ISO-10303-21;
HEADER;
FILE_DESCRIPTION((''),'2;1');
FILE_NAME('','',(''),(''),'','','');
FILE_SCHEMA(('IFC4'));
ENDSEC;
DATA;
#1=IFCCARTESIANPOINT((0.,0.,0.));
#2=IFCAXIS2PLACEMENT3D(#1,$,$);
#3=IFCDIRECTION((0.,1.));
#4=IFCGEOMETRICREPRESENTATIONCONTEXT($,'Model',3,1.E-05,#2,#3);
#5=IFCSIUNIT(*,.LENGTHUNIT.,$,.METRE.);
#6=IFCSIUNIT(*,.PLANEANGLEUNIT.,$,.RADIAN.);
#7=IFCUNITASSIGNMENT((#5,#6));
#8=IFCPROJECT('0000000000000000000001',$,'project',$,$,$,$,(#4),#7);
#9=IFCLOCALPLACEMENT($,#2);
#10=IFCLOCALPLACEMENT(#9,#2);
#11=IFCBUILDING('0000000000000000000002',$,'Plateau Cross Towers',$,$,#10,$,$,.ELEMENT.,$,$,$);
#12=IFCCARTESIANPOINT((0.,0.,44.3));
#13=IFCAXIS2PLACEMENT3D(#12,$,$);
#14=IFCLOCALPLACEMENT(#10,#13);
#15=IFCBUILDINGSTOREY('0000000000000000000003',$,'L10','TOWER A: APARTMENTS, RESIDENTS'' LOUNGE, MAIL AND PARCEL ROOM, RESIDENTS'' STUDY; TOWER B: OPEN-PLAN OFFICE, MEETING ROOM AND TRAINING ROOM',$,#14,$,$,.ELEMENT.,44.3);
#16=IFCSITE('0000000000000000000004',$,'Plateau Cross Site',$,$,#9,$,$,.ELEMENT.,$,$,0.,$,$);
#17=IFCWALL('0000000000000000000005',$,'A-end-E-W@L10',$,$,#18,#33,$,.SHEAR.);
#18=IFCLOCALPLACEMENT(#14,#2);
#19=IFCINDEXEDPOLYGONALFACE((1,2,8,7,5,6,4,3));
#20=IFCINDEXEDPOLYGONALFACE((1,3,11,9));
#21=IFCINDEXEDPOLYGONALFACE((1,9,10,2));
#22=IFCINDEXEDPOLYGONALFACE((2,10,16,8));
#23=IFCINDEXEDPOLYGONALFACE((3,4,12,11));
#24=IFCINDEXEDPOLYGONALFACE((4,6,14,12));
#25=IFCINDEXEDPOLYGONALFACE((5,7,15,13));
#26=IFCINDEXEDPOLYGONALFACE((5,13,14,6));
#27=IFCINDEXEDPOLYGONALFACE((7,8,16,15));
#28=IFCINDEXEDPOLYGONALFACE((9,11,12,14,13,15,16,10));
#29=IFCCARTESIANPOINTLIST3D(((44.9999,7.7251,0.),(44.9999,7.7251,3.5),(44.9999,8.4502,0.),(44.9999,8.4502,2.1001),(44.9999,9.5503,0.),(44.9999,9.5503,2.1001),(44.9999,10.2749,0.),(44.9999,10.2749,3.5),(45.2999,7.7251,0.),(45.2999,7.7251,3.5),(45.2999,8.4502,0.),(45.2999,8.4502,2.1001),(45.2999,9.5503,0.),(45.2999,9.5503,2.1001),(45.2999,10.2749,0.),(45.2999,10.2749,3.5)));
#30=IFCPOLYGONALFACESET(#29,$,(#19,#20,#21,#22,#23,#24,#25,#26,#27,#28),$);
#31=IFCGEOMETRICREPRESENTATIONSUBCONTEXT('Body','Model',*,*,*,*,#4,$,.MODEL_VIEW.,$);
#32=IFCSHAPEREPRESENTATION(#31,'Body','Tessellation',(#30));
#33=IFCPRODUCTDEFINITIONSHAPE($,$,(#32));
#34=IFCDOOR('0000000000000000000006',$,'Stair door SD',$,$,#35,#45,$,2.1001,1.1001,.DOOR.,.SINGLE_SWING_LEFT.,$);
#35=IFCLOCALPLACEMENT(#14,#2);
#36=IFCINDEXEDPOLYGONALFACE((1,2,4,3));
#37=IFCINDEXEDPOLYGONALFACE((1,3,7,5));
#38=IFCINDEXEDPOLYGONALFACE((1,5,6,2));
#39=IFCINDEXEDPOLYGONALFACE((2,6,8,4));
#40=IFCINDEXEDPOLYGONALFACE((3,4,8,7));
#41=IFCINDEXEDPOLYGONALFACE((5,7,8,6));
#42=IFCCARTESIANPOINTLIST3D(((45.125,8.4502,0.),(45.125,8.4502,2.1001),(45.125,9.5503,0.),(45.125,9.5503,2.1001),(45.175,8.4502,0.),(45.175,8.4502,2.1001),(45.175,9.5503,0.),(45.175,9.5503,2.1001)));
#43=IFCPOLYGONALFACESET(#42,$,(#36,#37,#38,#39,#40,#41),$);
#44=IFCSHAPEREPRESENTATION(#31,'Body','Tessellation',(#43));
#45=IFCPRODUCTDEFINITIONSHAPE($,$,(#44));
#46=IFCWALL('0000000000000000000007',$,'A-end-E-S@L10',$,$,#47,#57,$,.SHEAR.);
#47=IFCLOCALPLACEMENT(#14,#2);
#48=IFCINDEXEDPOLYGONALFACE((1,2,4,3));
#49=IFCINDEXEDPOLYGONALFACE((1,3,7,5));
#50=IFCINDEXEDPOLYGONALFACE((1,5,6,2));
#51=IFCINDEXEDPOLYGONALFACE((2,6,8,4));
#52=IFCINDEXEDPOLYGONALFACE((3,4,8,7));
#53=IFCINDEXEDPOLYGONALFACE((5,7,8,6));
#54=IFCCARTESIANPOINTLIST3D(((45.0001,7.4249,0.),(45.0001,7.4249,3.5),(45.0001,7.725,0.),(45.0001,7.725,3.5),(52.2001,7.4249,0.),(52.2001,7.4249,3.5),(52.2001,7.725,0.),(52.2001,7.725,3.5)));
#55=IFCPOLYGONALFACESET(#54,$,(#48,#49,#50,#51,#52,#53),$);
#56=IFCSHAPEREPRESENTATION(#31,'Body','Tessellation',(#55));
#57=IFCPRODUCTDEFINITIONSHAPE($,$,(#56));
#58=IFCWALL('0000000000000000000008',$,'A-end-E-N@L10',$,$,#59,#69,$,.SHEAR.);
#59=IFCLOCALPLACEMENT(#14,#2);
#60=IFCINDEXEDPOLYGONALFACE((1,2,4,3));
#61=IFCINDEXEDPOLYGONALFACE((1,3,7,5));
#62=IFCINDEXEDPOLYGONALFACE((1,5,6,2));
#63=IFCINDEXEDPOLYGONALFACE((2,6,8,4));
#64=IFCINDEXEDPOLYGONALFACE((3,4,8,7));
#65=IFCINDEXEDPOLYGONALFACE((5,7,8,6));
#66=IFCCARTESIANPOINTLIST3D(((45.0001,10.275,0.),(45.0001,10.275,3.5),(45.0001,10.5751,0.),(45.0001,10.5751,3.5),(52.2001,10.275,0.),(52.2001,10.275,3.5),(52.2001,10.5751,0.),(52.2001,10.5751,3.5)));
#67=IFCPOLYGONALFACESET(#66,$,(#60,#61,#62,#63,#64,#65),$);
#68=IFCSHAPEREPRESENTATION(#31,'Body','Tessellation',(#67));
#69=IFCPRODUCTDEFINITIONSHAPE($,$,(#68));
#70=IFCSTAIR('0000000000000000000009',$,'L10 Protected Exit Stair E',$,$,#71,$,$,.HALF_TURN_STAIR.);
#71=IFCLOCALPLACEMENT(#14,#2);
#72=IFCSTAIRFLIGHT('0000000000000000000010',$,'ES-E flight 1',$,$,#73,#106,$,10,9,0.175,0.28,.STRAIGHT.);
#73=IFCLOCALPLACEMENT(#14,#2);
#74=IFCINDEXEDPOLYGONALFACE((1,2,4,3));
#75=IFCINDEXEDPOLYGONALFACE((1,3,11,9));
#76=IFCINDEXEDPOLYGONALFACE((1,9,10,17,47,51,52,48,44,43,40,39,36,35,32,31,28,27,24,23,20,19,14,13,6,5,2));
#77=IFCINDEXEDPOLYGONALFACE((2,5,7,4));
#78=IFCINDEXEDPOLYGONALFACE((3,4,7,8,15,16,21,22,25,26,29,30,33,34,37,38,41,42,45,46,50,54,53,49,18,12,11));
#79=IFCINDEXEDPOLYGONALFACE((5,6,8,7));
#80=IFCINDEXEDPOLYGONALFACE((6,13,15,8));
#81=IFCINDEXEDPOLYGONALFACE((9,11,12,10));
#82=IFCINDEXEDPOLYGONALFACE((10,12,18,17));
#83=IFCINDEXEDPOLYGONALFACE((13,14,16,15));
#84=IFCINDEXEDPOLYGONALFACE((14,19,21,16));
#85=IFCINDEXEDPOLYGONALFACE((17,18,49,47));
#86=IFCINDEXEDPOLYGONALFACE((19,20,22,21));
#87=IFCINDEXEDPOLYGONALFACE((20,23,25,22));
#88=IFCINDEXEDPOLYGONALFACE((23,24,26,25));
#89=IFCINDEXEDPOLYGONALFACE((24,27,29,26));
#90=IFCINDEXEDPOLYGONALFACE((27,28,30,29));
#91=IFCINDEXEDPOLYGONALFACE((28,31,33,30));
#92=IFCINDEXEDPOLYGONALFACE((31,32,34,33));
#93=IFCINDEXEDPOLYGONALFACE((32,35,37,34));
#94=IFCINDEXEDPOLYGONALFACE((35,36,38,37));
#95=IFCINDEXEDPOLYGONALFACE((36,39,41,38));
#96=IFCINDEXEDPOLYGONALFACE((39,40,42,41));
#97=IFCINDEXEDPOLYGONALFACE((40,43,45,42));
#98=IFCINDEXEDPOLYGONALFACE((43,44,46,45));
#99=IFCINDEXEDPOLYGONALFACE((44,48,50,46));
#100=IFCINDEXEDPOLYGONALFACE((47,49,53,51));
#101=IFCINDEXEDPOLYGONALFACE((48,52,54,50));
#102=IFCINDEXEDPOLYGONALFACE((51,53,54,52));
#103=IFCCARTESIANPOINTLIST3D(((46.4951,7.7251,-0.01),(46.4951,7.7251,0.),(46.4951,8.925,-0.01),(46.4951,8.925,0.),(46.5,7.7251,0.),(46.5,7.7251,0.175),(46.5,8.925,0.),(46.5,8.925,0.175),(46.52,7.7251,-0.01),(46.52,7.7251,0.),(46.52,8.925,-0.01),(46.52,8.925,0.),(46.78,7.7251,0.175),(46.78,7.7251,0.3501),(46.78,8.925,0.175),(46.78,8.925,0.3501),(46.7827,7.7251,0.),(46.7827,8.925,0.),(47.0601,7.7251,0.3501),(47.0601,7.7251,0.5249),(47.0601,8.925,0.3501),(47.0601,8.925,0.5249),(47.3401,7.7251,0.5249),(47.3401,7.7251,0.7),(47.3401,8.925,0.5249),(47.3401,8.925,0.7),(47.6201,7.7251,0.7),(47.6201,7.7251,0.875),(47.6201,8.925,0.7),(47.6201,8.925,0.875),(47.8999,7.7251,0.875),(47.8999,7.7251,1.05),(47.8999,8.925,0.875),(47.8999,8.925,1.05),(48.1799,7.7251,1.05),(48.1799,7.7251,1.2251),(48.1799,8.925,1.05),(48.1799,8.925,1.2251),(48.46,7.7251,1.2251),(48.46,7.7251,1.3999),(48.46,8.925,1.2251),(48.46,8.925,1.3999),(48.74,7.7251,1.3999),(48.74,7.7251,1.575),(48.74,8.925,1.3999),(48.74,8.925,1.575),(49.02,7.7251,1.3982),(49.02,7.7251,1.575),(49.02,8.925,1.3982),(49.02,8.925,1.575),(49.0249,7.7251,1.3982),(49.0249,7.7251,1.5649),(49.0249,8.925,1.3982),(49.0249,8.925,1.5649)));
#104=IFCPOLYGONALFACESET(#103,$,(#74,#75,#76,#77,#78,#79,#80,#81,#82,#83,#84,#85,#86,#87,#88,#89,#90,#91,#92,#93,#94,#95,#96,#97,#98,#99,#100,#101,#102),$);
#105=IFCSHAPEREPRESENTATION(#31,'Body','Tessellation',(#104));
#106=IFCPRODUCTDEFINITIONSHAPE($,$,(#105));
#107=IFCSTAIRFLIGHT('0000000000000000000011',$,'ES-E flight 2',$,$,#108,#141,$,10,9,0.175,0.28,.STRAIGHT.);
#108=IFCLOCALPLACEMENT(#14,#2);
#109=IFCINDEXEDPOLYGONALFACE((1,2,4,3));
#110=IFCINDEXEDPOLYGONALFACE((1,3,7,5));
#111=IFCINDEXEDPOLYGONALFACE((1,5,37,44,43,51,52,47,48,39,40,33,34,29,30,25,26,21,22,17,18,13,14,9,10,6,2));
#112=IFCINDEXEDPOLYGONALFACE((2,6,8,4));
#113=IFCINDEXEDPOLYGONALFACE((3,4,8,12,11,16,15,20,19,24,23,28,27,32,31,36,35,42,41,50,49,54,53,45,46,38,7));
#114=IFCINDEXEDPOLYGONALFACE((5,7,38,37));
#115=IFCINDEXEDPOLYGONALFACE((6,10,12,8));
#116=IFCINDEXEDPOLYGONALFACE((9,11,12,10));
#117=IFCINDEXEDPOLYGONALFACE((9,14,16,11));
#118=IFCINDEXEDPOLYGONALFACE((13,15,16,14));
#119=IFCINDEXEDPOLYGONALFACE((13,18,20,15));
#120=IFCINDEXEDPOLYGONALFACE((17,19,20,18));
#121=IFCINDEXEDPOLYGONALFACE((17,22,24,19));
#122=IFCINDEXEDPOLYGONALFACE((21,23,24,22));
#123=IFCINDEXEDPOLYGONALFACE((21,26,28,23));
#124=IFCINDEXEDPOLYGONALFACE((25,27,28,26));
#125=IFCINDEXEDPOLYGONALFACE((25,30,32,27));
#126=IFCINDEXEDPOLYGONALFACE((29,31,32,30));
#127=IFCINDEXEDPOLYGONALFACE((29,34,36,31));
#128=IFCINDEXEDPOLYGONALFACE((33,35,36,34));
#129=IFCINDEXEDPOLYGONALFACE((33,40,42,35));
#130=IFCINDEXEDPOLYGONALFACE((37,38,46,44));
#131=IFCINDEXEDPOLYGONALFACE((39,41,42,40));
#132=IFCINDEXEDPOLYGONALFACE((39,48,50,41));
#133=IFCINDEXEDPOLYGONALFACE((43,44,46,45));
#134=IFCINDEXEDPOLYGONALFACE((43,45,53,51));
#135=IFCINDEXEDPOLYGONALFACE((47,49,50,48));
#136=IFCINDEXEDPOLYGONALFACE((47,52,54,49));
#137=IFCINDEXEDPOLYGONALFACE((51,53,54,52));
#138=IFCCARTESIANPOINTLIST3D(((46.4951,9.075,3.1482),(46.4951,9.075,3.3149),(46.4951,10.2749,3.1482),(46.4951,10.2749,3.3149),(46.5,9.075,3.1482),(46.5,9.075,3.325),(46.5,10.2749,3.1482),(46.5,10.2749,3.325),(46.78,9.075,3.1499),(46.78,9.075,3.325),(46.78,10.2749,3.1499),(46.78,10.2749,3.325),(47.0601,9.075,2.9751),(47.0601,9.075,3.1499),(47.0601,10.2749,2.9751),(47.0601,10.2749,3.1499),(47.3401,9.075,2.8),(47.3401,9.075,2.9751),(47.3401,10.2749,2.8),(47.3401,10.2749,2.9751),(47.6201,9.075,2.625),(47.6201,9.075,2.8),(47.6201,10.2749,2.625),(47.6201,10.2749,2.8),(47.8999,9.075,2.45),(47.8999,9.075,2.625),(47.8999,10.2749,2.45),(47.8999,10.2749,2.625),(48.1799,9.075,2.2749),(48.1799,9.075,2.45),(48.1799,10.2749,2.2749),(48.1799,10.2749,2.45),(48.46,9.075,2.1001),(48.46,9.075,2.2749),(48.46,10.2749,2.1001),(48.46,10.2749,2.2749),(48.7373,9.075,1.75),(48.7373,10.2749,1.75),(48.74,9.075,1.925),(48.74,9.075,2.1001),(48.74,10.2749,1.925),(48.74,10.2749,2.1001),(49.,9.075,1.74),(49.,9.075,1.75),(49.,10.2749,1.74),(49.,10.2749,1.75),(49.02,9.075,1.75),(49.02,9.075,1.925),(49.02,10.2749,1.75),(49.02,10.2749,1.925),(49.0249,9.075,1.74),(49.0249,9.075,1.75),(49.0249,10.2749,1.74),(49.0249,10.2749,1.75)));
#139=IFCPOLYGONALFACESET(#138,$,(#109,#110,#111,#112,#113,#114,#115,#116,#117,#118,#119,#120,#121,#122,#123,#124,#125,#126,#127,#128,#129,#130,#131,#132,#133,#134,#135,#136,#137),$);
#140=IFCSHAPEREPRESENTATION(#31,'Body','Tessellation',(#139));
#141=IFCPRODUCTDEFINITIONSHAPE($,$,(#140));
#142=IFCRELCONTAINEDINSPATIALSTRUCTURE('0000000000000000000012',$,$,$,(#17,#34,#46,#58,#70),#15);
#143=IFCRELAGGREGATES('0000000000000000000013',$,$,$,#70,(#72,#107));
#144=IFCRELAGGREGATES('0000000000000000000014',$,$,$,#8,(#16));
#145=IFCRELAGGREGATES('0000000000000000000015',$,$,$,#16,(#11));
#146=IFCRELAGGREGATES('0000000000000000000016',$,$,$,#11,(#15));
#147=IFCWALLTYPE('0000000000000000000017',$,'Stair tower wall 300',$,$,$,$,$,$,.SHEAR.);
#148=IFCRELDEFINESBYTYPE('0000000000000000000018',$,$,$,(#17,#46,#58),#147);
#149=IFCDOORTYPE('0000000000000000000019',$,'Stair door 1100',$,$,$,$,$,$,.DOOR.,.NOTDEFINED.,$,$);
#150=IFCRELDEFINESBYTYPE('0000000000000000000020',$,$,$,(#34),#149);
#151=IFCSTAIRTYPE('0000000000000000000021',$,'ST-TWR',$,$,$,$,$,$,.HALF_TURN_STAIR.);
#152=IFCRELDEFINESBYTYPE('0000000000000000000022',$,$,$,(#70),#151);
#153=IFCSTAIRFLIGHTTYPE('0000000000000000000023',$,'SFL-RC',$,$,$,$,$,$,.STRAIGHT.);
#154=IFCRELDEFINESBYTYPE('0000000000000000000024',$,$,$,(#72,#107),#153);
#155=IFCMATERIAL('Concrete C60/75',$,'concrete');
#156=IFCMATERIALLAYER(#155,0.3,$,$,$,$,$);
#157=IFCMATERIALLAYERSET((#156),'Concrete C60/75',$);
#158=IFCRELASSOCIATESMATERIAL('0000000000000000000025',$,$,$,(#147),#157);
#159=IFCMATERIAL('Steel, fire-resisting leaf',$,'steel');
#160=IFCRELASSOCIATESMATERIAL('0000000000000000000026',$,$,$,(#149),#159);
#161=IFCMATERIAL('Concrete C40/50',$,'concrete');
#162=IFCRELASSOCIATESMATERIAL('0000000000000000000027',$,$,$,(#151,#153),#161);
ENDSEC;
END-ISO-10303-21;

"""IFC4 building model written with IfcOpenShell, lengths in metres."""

from ifc_helpers import new_model, si_unit, direction, frame, frame_2d, origin, place, context, subcontext, project, spatial, polyline, rectangle, outline, extrude, material, layer, layer_set, type_object, element, fill, aggregate, save


model = new_model("IFC4")

# Units and contexts
model_context = context("Model", 3, precision=1e-05, world=origin(), true_north=direction((0.0, 1.0)))
body_context = subcontext(model_context, "Body", "Model", "MODEL_VIEW")
ifc_project = project(units=[si_unit("LENGTHUNIT", "METRE"), si_unit("PLANEANGLEUNIT", "RADIAN")], contexts=[model_context])

# Site, building, storey
site_placement = place(None, origin())
site = spatial("IfcSite", under=ifc_project, at=site_placement, Name="Plateau Cross Site", CompositionType="ELEMENT", RefElevation=0.0)
building_placement = place(site_placement, origin())
building = spatial("IfcBuilding", under=site, at=building_placement, Name="Plateau Cross Towers", CompositionType="ELEMENT")
storey_placement = place(building_placement, frame((0.0, 0.0, 44.3)))
storey = spatial("IfcBuildingStorey", under=building, at=storey_placement, Name="L10", Description="TOWER A: APARTMENTS, RESIDENTS' LOUNGE, MAIL AND PARCEL ROOM, RESIDENTS' STUDY; TOWER B: OPEN-PLAN OFFICE, MEETING ROOM AND TRAINING ROOM", CompositionType="ELEMENT", Elevation=44.3)

# Wall, opening, door
ifc_material_1 = material(Name="Concrete C60/75", Category="concrete")
ifc_layer_1 = layer(ifc_material_1, 0.3)
ifc_layer_set_1 = layer_set([ifc_layer_1], Name="Concrete C60/75")
wall_type_1 = type_object("IfcWallType", Name="Stair tower wall 300", PredefinedType="SHEAR", material=ifc_layer_set_1)
wall_1_placement = place(storey_placement, frame((45.1499, 7.7251, 0.0), z_axis=(0.0, 0.0, 1.0), x_axis=(0.0, 1.0, 0.0)))
wall_1 = element("IfcWall", 1, at=wall_1_placement, inside=storey, type_object=wall_type_1, Name="A-end-E-W@L10", PredefinedType="SHEAR", context=body_context, shape_type="SweptSolid", body=[
    extrude(rectangle(XDim=2.5498, YDim=0.3, at=frame_2d((1.2749, 0.0))), origin(), (0.0, 0.0, 1.0), 3.5),
])
opening_1_placement = place(wall_1_placement, frame((0.7251, 0.0, 0.0)))
opening_1 = element("IfcOpeningElement", 2, at=opening_1_placement, cuts=wall_1, PredefinedType="OPENING", context=body_context, shape_type="SweptSolid", body=[
    extrude(rectangle(XDim=1.1001, YDim=2.1001, at=frame_2d((0.55, 1.05))), frame((0.0, 0.1599, 0.0), z_axis=(0.0, -1.0, 0.0), x_axis=(1.0, 0.0, 0.0)), (0.0, 0.0, 1.0), 0.3201),
])
ifc_material_2 = material(Name="Steel, fire-resisting leaf", Category="steel")
door_type_1 = type_object("IfcDoorType", Name="Stair door 1100", OperationType="NOTDEFINED", PredefinedType="DOOR", material=ifc_material_2)
door_1_placement = place(opening_1_placement, origin())
door_1 = element("IfcDoor", 3, at=door_1_placement, inside=storey, type_object=door_type_1, Name="Stair door SD", OperationType="SINGLE_SWING_LEFT", OverallHeight=2.1001, OverallWidth=1.1001, PredefinedType="DOOR", context=body_context, shape_type="SweptSolid", body=[
    extrude(rectangle(XDim=1.1001, YDim=2.1001, at=frame_2d((0.55, 1.05))), frame((0.0, 0.0249, 0.0), z_axis=(0.0, -1.0, 0.0), x_axis=(1.0, 0.0, 0.0)), (0.0, 0.0, 1.0), 0.05),
])
fill(opening_1, door_1)

# Walls
for number, where, z_axis, x_axis, name in (
    (4, (45.0, 7.575, 0.0), (0.0, 0.0, 1.0), (1.0, 0.0, 0.0), "A-end-E-S@L10"),
    (5, (45.0, 10.425, 0.0), (0.0, 0.0, 1.0), (1.0, 0.0, 0.0), "A-end-E-N@L10"),
):
    element("IfcWall", number, at=place(storey_placement, frame(where, z_axis=z_axis, x_axis=x_axis)), inside=storey, type_object=wall_type_1, Name=name, PredefinedType="SHEAR", context=body_context, shape_type="SweptSolid", body=[
        extrude(rectangle(XDim=7.2, YDim=0.3, at=frame_2d((3.6001, 0.0))), origin(), (0.0, 0.0, 1.0), 3.5),
    ])

# Stair, stair flights
ifc_material_3 = material(Name="Concrete C40/50", Category="concrete")
stair_type = type_object("IfcStairType", Name="ST-TWR", PredefinedType="HALF_TURN_STAIR", material=ifc_material_3)
stair_placement = place(storey_placement, origin())
stair = element("IfcStair", 6, at=stair_placement, inside=storey, type_object=stair_type, Name="L10 Protected Exit Stair E", PredefinedType="HALF_TURN_STAIR")
stair_flight_type = type_object("IfcStairFlightType", Name="SFL-RC", PredefinedType="STRAIGHT", material=ifc_material_3)
stair_flight_1_placement = place(storey_placement, frame((46.5, 8.325, 0.0), z_axis=(0.0, 0.0, 1.0), x_axis=(1.0, 0.0, 0.0)))
stair_flight_1 = element("IfcStairFlight", 7, at=stair_flight_1_placement, type_object=stair_flight_type, Name="ES-E flight 1", NumberOfRisers=10, NumberOfTreads=9, PredefinedType="STRAIGHT", RiserHeight=0.175, TreadLength=0.28, context=body_context, shape_type="SweptSolid", body=[
    extrude(outline(polyline([(-0.0049, -0.01), (-0.0049, 0.0), (0.0, 0.0), (0.0, 0.175), (0.28, 0.175), (0.28, 0.3501), (0.5601, 0.3501), (0.5601, 0.5249), (0.8401, 0.5249), (0.8401, 0.7), (1.1201, 0.7), (1.1201, 0.875), (1.3999, 0.875), (1.3999, 1.05), (1.6799, 1.05), (1.6799, 1.2251), (1.96, 1.2251), (1.96, 1.3999), (2.24, 1.3999), (2.24, 1.575), (2.52, 1.575), (2.5249, 1.5649), (2.5249, 1.3982), (2.52, 1.3982), (0.2827, 0.0), (0.02, 0.0), (0.02, -0.01), (-0.0049, -0.01)])), frame((0.0, 0.6001, 0.0), z_axis=(0.0, -1.0, 0.0), x_axis=(1.0, 0.0, 0.0)), (0.0, 0.0, 1.0), 1.2),
])
stair_flight_2_placement = place(storey_placement, frame((49.02, 9.675, 1.75), z_axis=(0.0, 0.0, 1.0), x_axis=(-1.0, 0.0, 0.0)))
stair_flight_2 = element("IfcStairFlight", 8, at=stair_flight_2_placement, type_object=stair_flight_type, Name="ES-E flight 2", NumberOfRisers=10, NumberOfTreads=9, PredefinedType="STRAIGHT", RiserHeight=0.175, TreadLength=0.28, context=body_context, shape_type="SweptSolid", body=[
    extrude(outline(polyline([(-0.0049, -0.01), (-0.0049, 0.0), (0.0, 0.0), (0.0, 0.175), (0.28, 0.175), (0.28, 0.3501), (0.5601, 0.3501), (0.5601, 0.5249), (0.8401, 0.5249), (0.8401, 0.7), (1.1201, 0.7), (1.1201, 0.875), (1.3999, 0.875), (1.3999, 1.05), (1.6799, 1.05), (1.6799, 1.2251), (1.96, 1.2251), (1.96, 1.3999), (2.24, 1.3999), (2.24, 1.575), (2.52, 1.575), (2.5249, 1.5649), (2.5249, 1.3982), (2.52, 1.3982), (0.2827, 0.0), (0.02, 0.0), (0.02, -0.01), (-0.0049, -0.01)])), frame((0.0, 0.6001, 0.0), z_axis=(0.0, -1.0, 0.0), x_axis=(1.0, 0.0, 0.0)), (0.0, 0.0, 1.0), 1.2),
])
aggregate(stair, [stair_flight_1, stair_flight_2])

save(model, "model.ifc")
